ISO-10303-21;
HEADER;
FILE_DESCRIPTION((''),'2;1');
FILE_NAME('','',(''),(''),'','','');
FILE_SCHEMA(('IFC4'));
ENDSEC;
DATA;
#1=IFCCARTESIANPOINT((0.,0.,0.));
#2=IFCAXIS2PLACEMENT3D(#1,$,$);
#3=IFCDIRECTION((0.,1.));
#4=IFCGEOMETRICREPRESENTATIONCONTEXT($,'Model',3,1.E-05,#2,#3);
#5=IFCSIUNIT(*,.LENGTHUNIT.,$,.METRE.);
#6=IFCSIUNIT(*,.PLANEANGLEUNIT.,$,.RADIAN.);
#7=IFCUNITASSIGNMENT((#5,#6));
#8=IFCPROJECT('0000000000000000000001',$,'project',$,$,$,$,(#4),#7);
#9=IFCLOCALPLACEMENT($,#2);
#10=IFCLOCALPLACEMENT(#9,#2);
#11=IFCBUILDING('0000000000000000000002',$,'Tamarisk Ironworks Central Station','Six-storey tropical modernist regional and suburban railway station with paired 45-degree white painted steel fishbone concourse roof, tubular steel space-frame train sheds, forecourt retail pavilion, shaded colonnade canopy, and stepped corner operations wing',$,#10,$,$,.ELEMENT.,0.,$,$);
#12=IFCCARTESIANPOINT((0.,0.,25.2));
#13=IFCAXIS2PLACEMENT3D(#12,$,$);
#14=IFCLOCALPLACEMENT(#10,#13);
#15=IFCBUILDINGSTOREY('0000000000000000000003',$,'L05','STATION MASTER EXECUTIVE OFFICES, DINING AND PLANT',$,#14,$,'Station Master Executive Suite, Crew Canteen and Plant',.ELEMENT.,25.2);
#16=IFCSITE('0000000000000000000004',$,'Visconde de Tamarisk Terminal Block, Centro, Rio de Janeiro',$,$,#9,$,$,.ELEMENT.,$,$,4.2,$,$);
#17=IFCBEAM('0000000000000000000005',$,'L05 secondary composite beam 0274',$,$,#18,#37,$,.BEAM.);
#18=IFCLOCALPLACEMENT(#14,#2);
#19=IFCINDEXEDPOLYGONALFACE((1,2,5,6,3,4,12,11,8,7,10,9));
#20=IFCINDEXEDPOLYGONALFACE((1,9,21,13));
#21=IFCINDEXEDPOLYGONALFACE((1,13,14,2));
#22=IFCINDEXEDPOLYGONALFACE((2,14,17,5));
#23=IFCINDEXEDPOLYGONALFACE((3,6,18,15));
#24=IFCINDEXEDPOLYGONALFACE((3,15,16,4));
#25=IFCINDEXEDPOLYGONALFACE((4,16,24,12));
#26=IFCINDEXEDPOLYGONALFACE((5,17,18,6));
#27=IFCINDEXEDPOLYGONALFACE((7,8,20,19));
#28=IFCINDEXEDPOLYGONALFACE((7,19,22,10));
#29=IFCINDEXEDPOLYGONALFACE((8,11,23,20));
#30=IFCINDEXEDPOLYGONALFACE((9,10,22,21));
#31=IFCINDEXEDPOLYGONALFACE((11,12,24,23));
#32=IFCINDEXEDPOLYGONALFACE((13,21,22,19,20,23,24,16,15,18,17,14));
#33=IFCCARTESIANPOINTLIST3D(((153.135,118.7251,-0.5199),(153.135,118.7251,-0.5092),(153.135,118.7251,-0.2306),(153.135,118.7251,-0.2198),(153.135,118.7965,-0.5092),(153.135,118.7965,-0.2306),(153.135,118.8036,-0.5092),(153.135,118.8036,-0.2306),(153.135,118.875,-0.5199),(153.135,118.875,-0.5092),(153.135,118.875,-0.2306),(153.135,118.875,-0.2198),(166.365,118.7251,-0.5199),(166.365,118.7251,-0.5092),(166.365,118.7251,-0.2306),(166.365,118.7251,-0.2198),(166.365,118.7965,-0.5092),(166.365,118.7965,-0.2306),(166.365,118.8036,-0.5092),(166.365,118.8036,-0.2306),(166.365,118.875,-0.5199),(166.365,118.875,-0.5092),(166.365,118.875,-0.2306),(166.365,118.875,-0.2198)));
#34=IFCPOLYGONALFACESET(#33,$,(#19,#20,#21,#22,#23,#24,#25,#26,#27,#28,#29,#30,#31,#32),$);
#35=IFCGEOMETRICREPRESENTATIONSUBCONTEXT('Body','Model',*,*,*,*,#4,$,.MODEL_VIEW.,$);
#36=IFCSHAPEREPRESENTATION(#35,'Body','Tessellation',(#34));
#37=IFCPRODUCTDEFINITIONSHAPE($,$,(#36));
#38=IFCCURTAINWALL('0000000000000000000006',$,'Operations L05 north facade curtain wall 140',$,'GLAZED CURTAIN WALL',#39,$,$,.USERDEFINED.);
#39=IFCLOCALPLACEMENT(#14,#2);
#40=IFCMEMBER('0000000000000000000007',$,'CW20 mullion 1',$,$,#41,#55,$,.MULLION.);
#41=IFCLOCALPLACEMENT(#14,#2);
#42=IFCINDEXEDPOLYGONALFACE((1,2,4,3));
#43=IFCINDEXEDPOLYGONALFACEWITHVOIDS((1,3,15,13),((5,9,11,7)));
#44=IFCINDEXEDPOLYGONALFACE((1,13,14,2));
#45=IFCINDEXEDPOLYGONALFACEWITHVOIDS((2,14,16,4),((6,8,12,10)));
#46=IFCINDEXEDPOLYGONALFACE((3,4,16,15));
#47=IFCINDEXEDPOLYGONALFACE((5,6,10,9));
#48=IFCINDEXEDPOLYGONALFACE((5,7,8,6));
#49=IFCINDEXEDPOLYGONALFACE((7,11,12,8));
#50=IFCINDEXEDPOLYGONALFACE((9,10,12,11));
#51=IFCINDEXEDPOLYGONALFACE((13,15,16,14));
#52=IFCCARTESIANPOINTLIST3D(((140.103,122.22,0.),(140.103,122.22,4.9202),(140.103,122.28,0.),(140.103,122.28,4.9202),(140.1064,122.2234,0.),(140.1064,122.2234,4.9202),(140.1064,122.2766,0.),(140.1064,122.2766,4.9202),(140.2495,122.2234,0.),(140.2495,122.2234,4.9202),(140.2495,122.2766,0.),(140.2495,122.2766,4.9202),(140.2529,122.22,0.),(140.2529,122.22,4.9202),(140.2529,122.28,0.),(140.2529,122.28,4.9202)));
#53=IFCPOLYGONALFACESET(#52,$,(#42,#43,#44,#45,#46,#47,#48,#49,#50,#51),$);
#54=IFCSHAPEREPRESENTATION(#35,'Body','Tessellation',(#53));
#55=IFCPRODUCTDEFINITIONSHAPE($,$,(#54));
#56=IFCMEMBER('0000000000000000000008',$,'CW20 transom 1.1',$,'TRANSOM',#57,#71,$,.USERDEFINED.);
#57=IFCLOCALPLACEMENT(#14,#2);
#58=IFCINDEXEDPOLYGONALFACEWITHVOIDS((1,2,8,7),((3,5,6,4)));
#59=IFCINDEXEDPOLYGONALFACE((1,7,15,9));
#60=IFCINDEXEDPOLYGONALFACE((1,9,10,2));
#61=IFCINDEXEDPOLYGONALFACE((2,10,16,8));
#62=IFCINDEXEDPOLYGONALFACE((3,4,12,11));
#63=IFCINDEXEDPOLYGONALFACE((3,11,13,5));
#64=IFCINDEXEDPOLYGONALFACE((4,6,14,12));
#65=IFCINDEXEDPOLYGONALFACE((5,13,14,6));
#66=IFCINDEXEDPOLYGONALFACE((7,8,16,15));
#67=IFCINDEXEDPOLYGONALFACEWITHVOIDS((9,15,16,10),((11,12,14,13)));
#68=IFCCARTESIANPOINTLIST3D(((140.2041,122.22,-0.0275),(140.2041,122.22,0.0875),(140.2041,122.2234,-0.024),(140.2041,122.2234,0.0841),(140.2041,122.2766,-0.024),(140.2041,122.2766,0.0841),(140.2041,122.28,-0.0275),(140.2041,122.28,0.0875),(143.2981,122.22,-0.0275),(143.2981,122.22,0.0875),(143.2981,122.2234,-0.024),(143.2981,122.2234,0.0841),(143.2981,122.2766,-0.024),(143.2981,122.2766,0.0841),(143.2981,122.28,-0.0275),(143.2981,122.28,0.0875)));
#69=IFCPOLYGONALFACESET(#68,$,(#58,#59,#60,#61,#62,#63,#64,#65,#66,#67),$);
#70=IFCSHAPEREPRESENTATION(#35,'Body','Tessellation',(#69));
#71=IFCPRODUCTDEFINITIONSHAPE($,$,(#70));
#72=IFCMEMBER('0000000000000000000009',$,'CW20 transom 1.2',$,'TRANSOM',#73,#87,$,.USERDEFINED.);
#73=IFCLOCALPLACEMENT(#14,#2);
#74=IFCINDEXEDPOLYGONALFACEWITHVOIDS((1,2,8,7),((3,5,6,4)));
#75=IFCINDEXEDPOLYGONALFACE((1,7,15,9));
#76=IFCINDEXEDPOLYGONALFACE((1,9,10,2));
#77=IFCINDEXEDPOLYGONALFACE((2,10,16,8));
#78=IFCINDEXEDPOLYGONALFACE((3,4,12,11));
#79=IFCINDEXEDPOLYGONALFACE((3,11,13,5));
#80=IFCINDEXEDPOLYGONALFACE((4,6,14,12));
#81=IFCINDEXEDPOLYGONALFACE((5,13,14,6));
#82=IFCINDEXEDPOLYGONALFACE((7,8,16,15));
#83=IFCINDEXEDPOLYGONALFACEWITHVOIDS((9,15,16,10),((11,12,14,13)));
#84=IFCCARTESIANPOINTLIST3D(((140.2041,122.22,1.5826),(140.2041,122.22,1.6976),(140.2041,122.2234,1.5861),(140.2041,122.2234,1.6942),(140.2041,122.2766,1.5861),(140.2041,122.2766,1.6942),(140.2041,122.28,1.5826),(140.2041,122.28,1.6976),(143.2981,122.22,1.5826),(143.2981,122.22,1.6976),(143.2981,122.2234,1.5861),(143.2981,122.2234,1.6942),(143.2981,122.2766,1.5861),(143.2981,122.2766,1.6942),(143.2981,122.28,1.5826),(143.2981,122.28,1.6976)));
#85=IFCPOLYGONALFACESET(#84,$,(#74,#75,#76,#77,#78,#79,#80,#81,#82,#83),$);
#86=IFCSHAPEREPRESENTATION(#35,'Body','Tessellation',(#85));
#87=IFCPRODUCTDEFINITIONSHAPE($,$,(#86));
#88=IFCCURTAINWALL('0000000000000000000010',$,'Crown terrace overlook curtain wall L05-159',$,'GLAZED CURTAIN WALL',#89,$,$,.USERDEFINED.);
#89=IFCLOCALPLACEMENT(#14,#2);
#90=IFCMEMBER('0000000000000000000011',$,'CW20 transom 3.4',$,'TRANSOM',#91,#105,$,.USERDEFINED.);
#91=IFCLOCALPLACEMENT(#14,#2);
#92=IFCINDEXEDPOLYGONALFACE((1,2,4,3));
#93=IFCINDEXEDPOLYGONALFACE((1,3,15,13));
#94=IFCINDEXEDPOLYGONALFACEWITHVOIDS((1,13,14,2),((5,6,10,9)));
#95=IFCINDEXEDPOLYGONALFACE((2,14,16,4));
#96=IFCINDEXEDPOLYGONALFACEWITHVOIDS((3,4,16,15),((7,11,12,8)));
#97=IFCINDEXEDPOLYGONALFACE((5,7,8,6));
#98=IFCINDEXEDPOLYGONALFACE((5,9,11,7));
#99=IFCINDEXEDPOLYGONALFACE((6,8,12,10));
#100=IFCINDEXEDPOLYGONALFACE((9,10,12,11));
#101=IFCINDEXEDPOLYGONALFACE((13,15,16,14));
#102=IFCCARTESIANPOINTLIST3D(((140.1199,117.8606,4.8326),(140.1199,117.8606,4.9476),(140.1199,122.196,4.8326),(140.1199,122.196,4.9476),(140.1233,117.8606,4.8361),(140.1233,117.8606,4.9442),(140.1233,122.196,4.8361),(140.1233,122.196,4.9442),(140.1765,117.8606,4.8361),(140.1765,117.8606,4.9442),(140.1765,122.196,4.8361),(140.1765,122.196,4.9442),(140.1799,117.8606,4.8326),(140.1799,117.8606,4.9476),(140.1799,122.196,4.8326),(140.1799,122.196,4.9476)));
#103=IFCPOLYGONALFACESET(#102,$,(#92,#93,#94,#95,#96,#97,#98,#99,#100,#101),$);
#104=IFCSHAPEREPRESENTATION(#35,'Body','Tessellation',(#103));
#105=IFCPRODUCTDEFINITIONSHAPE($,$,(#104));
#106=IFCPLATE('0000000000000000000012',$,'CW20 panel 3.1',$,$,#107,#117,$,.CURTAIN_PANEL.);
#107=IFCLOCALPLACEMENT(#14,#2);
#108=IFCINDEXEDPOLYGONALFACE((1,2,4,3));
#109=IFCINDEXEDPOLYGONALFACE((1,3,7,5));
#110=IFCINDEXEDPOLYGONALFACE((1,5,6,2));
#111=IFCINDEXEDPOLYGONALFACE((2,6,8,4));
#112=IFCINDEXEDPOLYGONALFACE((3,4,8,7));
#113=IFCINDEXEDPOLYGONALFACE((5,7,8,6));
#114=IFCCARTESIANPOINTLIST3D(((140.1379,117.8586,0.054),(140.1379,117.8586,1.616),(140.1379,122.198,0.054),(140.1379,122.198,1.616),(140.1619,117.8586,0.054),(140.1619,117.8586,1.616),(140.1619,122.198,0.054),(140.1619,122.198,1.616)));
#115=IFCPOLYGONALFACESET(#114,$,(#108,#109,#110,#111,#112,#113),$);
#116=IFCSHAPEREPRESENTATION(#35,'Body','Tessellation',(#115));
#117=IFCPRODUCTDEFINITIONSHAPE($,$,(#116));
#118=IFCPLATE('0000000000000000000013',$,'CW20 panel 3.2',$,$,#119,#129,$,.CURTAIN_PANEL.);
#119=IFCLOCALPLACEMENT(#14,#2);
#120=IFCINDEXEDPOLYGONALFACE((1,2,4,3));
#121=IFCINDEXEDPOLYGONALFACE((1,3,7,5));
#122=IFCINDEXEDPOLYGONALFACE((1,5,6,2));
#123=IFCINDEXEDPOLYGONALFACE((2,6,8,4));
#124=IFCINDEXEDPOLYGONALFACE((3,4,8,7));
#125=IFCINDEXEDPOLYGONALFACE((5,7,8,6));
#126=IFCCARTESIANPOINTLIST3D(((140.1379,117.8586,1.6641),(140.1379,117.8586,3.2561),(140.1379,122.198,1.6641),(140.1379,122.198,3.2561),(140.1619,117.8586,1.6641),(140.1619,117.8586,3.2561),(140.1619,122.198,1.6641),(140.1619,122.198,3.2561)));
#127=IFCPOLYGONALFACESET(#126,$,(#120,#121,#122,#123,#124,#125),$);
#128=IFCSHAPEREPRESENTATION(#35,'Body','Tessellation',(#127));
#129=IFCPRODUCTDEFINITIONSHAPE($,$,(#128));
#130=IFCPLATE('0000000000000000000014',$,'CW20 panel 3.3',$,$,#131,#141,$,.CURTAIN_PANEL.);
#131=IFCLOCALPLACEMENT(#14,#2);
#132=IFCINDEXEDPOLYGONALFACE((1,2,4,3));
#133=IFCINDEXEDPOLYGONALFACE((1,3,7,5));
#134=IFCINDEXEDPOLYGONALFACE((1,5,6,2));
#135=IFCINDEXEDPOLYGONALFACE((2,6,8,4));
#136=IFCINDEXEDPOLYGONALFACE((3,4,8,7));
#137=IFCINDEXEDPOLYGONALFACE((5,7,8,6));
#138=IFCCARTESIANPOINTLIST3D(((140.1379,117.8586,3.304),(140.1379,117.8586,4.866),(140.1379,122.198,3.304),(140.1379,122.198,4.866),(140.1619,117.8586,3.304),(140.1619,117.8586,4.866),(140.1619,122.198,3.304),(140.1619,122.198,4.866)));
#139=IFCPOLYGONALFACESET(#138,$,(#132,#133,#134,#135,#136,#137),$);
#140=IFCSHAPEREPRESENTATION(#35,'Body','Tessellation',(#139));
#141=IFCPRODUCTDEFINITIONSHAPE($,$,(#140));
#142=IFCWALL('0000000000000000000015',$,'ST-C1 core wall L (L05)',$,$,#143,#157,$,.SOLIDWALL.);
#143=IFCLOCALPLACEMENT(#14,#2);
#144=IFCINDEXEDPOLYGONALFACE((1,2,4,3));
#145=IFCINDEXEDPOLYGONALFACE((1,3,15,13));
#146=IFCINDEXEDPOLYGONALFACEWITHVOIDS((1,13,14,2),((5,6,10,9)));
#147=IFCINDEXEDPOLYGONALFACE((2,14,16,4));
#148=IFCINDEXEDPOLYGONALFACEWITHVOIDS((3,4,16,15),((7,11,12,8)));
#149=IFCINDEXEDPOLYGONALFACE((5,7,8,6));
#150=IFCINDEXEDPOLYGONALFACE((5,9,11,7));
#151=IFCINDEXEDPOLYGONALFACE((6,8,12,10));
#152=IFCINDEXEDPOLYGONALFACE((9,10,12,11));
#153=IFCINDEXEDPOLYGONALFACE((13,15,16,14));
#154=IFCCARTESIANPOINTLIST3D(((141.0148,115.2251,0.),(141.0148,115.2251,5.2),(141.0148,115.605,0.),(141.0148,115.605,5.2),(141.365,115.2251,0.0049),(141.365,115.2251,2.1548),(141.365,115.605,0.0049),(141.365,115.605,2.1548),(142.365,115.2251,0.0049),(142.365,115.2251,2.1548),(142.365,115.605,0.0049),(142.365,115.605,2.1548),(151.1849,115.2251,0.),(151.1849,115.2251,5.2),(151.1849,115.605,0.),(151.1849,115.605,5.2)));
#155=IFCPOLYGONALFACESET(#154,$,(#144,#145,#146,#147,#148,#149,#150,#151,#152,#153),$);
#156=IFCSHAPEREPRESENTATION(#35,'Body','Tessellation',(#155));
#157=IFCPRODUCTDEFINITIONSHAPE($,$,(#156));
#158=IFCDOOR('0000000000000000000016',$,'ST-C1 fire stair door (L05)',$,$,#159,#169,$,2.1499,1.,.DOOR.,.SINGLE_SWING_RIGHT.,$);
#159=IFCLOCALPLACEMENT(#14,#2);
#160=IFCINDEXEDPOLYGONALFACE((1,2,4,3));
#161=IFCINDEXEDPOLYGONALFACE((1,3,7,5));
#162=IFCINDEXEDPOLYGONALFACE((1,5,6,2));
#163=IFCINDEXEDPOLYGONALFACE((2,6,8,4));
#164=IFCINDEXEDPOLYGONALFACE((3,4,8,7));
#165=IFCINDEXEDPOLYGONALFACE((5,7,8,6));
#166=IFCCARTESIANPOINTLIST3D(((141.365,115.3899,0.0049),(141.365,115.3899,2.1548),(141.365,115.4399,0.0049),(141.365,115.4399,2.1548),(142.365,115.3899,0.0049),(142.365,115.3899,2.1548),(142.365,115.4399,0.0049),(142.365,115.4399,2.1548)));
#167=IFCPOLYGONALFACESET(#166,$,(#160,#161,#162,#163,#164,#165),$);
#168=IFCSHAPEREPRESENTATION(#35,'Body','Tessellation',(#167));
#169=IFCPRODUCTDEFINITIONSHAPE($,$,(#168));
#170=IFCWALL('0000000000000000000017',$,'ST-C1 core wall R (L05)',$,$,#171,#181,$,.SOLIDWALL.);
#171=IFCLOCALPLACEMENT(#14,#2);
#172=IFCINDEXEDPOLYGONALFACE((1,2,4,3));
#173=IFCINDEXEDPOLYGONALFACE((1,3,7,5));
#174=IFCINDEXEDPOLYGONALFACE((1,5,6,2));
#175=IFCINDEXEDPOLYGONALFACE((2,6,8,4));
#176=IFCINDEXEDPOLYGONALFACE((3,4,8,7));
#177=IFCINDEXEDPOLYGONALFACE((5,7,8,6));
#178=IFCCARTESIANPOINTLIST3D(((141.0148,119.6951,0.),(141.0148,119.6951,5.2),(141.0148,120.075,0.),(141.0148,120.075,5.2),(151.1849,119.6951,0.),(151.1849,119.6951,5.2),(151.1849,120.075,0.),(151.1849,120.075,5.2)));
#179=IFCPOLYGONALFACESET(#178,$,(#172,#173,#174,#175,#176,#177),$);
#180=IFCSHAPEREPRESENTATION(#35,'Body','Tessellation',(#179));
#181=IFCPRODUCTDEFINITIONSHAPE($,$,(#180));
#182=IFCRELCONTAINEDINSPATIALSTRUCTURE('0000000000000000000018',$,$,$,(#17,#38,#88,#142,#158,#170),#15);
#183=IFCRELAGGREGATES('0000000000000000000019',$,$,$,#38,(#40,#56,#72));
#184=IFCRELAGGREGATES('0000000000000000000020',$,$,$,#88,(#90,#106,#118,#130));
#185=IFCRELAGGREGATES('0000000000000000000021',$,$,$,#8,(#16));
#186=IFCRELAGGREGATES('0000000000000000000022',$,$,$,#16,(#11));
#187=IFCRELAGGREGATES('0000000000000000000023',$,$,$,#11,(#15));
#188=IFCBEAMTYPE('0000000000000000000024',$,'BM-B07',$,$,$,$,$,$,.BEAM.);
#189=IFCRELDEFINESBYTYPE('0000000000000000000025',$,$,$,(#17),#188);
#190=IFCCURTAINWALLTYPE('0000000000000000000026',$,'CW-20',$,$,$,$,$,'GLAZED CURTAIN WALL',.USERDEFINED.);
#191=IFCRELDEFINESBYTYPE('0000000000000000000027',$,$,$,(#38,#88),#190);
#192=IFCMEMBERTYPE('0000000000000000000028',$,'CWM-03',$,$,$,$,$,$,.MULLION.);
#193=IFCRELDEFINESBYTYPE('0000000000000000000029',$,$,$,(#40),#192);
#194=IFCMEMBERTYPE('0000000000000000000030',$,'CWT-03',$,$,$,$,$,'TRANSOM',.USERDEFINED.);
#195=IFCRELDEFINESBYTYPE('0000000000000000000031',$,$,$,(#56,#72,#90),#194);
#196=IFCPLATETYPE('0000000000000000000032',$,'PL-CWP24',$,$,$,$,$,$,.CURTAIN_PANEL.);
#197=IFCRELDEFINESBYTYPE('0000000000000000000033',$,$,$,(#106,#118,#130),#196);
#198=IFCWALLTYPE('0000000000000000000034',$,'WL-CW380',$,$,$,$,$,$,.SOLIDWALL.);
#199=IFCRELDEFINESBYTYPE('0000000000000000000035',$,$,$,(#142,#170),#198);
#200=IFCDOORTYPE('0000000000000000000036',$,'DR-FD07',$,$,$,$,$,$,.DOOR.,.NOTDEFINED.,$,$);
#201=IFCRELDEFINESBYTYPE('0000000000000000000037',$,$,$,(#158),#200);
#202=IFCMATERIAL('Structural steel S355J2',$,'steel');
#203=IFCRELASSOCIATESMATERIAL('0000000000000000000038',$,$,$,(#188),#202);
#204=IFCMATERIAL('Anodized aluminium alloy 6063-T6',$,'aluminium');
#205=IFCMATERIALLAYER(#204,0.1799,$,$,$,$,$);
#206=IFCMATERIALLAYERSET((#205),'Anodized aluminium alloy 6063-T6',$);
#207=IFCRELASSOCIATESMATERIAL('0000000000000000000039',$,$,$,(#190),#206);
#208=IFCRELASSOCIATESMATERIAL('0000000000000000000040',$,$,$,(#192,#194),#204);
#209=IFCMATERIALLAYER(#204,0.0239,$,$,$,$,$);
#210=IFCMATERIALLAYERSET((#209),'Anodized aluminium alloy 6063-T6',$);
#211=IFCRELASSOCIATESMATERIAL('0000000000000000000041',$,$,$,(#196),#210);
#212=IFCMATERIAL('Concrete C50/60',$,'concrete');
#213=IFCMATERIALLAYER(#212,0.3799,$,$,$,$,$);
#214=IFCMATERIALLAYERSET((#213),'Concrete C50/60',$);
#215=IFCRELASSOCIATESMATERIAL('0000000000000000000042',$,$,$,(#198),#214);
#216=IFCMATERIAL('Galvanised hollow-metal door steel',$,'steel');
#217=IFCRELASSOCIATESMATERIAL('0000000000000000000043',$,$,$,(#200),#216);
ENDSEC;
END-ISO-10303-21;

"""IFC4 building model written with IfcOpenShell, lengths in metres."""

from ifc_helpers import new_model, si_unit, direction, frame, frame_2d, origin, origin_2d, place, context, subcontext, project, spatial, rectangle, hollow_rectangle, i_section, extrude, material, layer, layer_set, material_profile, profile_set, type_object, element, fill, aggregate, save


model = new_model("IFC4")

# Units and contexts
model_context = context("Model", 3, precision=1e-05, world=origin(), true_north=direction((0.0, 1.0)))
body_context = subcontext(model_context, "Body", "Model", "MODEL_VIEW")
ifc_project = project(units=[si_unit("LENGTHUNIT", "METRE"), si_unit("PLANEANGLEUNIT", "RADIAN")], contexts=[model_context])

# Site, building, storey
site_placement = place(None, origin())
site = spatial("IfcSite", under=ifc_project, at=site_placement, Name="Visconde de Tamarisk Terminal Block, Centro, Rio de Janeiro", CompositionType="ELEMENT", RefElevation=4.2)
building_placement = place(site_placement, origin())
building = spatial("IfcBuilding", under=site, at=building_placement, Name="Tamarisk Ironworks Central Station", Description="Six-storey tropical modernist regional and suburban railway station with paired 45-degree white painted steel fishbone concourse roof, tubular steel space-frame train sheds, forecourt retail pavilion, shaded colonnade canopy, and stepped corner operations wing", CompositionType="ELEMENT", ElevationOfRefHeight=0.0)
storey_placement = place(building_placement, frame((0.0, 0.0, 25.2)))
storey = spatial("IfcBuildingStorey", under=building, at=storey_placement, Name="L05", Description="STATION MASTER EXECUTIVE OFFICES, DINING AND PLANT", LongName="Station Master Executive Suite, Crew Canteen and Plant", CompositionType="ELEMENT", Elevation=25.2)

# Beam
ifc_material_1 = material(Name="Structural steel S355J2", Category="steel")
ifc_material_profile_1 = material_profile(ifc_material_1, i_section(OverallWidth=0.1499, OverallDepth=0.3, WebThickness=0.0071, FlangeThickness=0.0107, at=origin_2d()), Name="IPE 300")
ifc_profile_set_1 = profile_set([ifc_material_profile_1], Name="Structural steel S355J2")
beam_type = type_object("IfcBeamType", Name="BM-B07", PredefinedType="BEAM", material=ifc_profile_set_1)
beam_placement = place(storey_placement, frame((153.135, 118.8, -0.3699), z_axis=(1.0, 0.0, 0.0), x_axis=(0.0, 1.0, 0.0)))
element("IfcBeam", 1, at=beam_placement, inside=storey, type_object=beam_type, Name="L05 secondary composite beam 0274", PredefinedType="BEAM", context=body_context, shape_type="SweptSolid", body=[
    extrude(i_section(OverallWidth=0.1499, OverallDepth=0.3, WebThickness=0.0071, FlangeThickness=0.0107, at=origin_2d()), origin(), (0.0, 0.0, 1.0), 13.23),
])

# Curtain wall, members
ifc_material_2 = material(Name="Anodized aluminium alloy 6063-T6", Category="aluminium")
ifc_layer_1 = layer(ifc_material_2, 0.1799)
ifc_layer_set_1 = layer_set([ifc_layer_1], Name="Anodized aluminium alloy 6063-T6")
curtain_wall_type = type_object("IfcCurtainWallType", Name="CW-20", ElementType="GLAZED CURTAIN WALL", PredefinedType="USERDEFINED", material=ifc_layer_set_1)
curtain_wall_1_placement = place(storey_placement, origin())
curtain_wall_1 = element("IfcCurtainWall", 2, at=curtain_wall_1_placement, inside=storey, type_object=curtain_wall_type, Name="Operations L05 north facade curtain wall 140", ObjectType="GLAZED CURTAIN WALL", PredefinedType="USERDEFINED")
ifc_material_profile_2 = material_profile(ifc_material_2, hollow_rectangle(XDim=0.0601, YDim=0.1499, WallThickness=0.0034, at=origin_2d()), Name="ALUM 150x60")
ifc_profile_set_2 = profile_set([ifc_material_profile_2], Name="Anodized aluminium alloy 6063-T6")
member_type_1 = type_object("IfcMemberType", Name="CWM-03", PredefinedType="MULLION", material=ifc_profile_set_2)
member_1_placement = place(storey_placement, frame((140.178, 122.25, 0.0), z_axis=(0.0, 0.0, 1.0), x_axis=(0.0, 1.0, 0.0)))
member_1 = element("IfcMember", 3, at=member_1_placement, type_object=member_type_1, Name="CW20 mullion 1", PredefinedType="MULLION", context=body_context, shape_type="SweptSolid", body=[
    extrude(hollow_rectangle(XDim=0.0601, YDim=0.1499, WallThickness=0.0034, at=origin_2d()), origin(), (0.0, 0.0, 1.0), 4.9202),
])
ifc_material_profile_3 = material_profile(ifc_material_2, hollow_rectangle(XDim=0.0601, YDim=0.115, WallThickness=0.0034, at=origin_2d()), Name="ALUM 115x60")
ifc_profile_set_3 = profile_set([ifc_material_profile_3], Name="Anodized aluminium alloy 6063-T6")
member_type_2 = type_object("IfcMemberType", Name="CWT-03", ElementType="TRANSOM", PredefinedType="USERDEFINED", material=ifc_profile_set_3)
member_2_placement = place(storey_placement, frame((140.2041, 122.25, 0.03), z_axis=(1.0, 0.0, 0.0), x_axis=(0.0, 1.0, 0.0)))
member_2 = element("IfcMember", 4, at=member_2_placement, type_object=member_type_2, Name="CW20 transom 1.1", ObjectType="TRANSOM", PredefinedType="USERDEFINED", context=body_context, shape_type="SweptSolid", body=[
    extrude(hollow_rectangle(XDim=0.0601, YDim=0.115, WallThickness=0.0034, at=origin_2d()), origin(), (0.0, 0.0, 1.0), 3.094),
])
member_3_placement = place(storey_placement, frame((140.2041, 122.25, 1.6401), z_axis=(1.0, 0.0, 0.0), x_axis=(0.0, 1.0, 0.0)))
member_3 = element("IfcMember", 5, at=member_3_placement, type_object=member_type_2, Name="CW20 transom 1.2", ObjectType="TRANSOM", PredefinedType="USERDEFINED", context=body_context, shape_type="SweptSolid", body=[
    extrude(hollow_rectangle(XDim=0.0601, YDim=0.115, WallThickness=0.0034, at=origin_2d()), origin(), (0.0, 0.0, 1.0), 3.094),
])
aggregate(curtain_wall_1, [member_1, member_2, member_3])

# Curtain wall, member, plates
curtain_wall_2_placement = place(storey_placement, origin())
curtain_wall_2 = element("IfcCurtainWall", 6, at=curtain_wall_2_placement, inside=storey, type_object=curtain_wall_type, Name="Crown terrace overlook curtain wall L05-159", ObjectType="GLAZED CURTAIN WALL", PredefinedType="USERDEFINED")
member_4_placement = place(storey_placement, frame((140.1499, 117.8606, 4.8901), z_axis=(0.0, 1.0, 0.0), x_axis=(-1.0, 0.0, 0.0)))
member_4 = element("IfcMember", 7, at=member_4_placement, type_object=member_type_2, Name="CW20 transom 3.4", ObjectType="TRANSOM", PredefinedType="USERDEFINED", context=body_context, shape_type="SweptSolid", body=[
    extrude(hollow_rectangle(XDim=0.0601, YDim=0.115, WallThickness=0.0034, at=origin_2d()), origin(), (0.0, 0.0, 1.0), 4.3354),
])
ifc_layer_2 = layer(ifc_material_2, 0.0239)
ifc_layer_set_2 = layer_set([ifc_layer_2], Name="Anodized aluminium alloy 6063-T6")
plate_type = type_object("IfcPlateType", Name="PL-CWP24", PredefinedType="CURTAIN_PANEL", material=ifc_layer_set_2)
plate_1_placement = place(storey_placement, frame((140.1499, 120.0283, 0.054), z_axis=(0.0, 0.0, 1.0), x_axis=(0.0, 1.0, 0.0)))
plate_1 = element("IfcPlate", 8, at=plate_1_placement, type_object=plate_type, Name="CW20 panel 3.1", PredefinedType="CURTAIN_PANEL", context=body_context, shape_type="SweptSolid", body=[
    extrude(rectangle(XDim=4.3394, YDim=0.0239, at=origin_2d()), origin(), (0.0, 0.0, 1.0), 1.562),
])
plate_2_placement = place(storey_placement, frame((140.1499, 120.0283, 1.6641), z_axis=(0.0, 0.0, 1.0), x_axis=(0.0, 1.0, 0.0)))
plate_2 = element("IfcPlate", 9, at=plate_2_placement, type_object=plate_type, Name="CW20 panel 3.2", PredefinedType="CURTAIN_PANEL", context=body_context, shape_type="SweptSolid", body=[
    extrude(rectangle(XDim=4.3394, YDim=0.0239, at=origin_2d()), origin(), (0.0, 0.0, 1.0), 1.592),
])
plate_3_placement = place(storey_placement, frame((140.1499, 120.0283, 3.304), z_axis=(0.0, 0.0, 1.0), x_axis=(0.0, 1.0, 0.0)))
plate_3 = element("IfcPlate", 10, at=plate_3_placement, type_object=plate_type, Name="CW20 panel 3.3", PredefinedType="CURTAIN_PANEL", context=body_context, shape_type="SweptSolid", body=[
    extrude(rectangle(XDim=4.3394, YDim=0.0239, at=origin_2d()), origin(), (0.0, 0.0, 1.0), 1.562),
])
aggregate(curtain_wall_2, [member_4, plate_1, plate_2, plate_3])

# Wall, opening, door
ifc_material_3 = material(Name="Concrete C50/60", Category="concrete")
ifc_layer_3 = layer(ifc_material_3, 0.3799)
ifc_layer_set_3 = layer_set([ifc_layer_3], Name="Concrete C50/60")
wall_type_1 = type_object("IfcWallType", Name="WL-CW380", PredefinedType="SOLIDWALL", material=ifc_layer_set_3)
wall_1_placement = place(storey_placement, frame((141.0149, 115.415, 0.0), z_axis=(0.0, 0.0, 1.0), x_axis=(1.0, 0.0, 0.0)))
wall_1 = element("IfcWall", 11, at=wall_1_placement, inside=storey, type_object=wall_type_1, Name="ST-C1 core wall L (L05)", PredefinedType="SOLIDWALL", context=body_context, shape_type="SweptSolid", body=[
    extrude(rectangle(XDim=10.1702, YDim=0.3799, at=frame_2d((5.085, 0.0))), origin(), (0.0, 0.0, 1.0), 5.2),
])
opening_1_placement = place(wall_1_placement, frame((0.3501, 0.0, 0.0049)))
opening_1 = element("IfcOpeningElement", 12, at=opening_1_placement, cuts=wall_1, PredefinedType="OPENING", context=body_context, shape_type="SweptSolid", body=[
    extrude(rectangle(XDim=1.0, YDim=2.1499, at=frame_2d((0.5, 1.075))), frame((0.0, 0.2019, 0.0), z_axis=(0.0, -1.0, 0.0), x_axis=(1.0, 0.0, 0.0)), (0.0, 0.0, 1.0), 0.4038),
])
ifc_material_4 = material(Name="Galvanised hollow-metal door steel", Category="steel")
door_type_1 = type_object("IfcDoorType", Name="DR-FD07", OperationType="NOTDEFINED", PredefinedType="DOOR", material=ifc_material_4)
door_1_placement = place(opening_1_placement, origin())
door_1 = element("IfcDoor", 13, at=door_1_placement, inside=storey, type_object=door_type_1, Name="ST-C1 fire stair door (L05)", OperationType="SINGLE_SWING_RIGHT", OverallHeight=2.1499, OverallWidth=1.0, PredefinedType="DOOR", context=body_context, shape_type="SweptSolid", body=[
    extrude(rectangle(XDim=1.0, YDim=2.1499, at=frame_2d((0.5, 1.075))), frame((0.0, 0.0249, 0.0), z_axis=(0.0, -1.0, 0.0), x_axis=(1.0, 0.0, 0.0)), (0.0, 0.0, 1.0), 0.05),
])
fill(opening_1, door_1)

# Wall
wall_2_placement = place(storey_placement, frame((141.0149, 119.885, 0.0), z_axis=(0.0, 0.0, 1.0), x_axis=(1.0, 0.0, 0.0)))
element("IfcWall", 14, at=wall_2_placement, inside=storey, type_object=wall_type_1, Name="ST-C1 core wall R (L05)", PredefinedType="SOLIDWALL", context=body_context, shape_type="SweptSolid", body=[
    extrude(rectangle(XDim=10.1702, YDim=0.3799, at=frame_2d((5.085, 0.0))), origin(), (0.0, 0.0, 1.0), 5.2),
])

save(model, "model.ifc")
